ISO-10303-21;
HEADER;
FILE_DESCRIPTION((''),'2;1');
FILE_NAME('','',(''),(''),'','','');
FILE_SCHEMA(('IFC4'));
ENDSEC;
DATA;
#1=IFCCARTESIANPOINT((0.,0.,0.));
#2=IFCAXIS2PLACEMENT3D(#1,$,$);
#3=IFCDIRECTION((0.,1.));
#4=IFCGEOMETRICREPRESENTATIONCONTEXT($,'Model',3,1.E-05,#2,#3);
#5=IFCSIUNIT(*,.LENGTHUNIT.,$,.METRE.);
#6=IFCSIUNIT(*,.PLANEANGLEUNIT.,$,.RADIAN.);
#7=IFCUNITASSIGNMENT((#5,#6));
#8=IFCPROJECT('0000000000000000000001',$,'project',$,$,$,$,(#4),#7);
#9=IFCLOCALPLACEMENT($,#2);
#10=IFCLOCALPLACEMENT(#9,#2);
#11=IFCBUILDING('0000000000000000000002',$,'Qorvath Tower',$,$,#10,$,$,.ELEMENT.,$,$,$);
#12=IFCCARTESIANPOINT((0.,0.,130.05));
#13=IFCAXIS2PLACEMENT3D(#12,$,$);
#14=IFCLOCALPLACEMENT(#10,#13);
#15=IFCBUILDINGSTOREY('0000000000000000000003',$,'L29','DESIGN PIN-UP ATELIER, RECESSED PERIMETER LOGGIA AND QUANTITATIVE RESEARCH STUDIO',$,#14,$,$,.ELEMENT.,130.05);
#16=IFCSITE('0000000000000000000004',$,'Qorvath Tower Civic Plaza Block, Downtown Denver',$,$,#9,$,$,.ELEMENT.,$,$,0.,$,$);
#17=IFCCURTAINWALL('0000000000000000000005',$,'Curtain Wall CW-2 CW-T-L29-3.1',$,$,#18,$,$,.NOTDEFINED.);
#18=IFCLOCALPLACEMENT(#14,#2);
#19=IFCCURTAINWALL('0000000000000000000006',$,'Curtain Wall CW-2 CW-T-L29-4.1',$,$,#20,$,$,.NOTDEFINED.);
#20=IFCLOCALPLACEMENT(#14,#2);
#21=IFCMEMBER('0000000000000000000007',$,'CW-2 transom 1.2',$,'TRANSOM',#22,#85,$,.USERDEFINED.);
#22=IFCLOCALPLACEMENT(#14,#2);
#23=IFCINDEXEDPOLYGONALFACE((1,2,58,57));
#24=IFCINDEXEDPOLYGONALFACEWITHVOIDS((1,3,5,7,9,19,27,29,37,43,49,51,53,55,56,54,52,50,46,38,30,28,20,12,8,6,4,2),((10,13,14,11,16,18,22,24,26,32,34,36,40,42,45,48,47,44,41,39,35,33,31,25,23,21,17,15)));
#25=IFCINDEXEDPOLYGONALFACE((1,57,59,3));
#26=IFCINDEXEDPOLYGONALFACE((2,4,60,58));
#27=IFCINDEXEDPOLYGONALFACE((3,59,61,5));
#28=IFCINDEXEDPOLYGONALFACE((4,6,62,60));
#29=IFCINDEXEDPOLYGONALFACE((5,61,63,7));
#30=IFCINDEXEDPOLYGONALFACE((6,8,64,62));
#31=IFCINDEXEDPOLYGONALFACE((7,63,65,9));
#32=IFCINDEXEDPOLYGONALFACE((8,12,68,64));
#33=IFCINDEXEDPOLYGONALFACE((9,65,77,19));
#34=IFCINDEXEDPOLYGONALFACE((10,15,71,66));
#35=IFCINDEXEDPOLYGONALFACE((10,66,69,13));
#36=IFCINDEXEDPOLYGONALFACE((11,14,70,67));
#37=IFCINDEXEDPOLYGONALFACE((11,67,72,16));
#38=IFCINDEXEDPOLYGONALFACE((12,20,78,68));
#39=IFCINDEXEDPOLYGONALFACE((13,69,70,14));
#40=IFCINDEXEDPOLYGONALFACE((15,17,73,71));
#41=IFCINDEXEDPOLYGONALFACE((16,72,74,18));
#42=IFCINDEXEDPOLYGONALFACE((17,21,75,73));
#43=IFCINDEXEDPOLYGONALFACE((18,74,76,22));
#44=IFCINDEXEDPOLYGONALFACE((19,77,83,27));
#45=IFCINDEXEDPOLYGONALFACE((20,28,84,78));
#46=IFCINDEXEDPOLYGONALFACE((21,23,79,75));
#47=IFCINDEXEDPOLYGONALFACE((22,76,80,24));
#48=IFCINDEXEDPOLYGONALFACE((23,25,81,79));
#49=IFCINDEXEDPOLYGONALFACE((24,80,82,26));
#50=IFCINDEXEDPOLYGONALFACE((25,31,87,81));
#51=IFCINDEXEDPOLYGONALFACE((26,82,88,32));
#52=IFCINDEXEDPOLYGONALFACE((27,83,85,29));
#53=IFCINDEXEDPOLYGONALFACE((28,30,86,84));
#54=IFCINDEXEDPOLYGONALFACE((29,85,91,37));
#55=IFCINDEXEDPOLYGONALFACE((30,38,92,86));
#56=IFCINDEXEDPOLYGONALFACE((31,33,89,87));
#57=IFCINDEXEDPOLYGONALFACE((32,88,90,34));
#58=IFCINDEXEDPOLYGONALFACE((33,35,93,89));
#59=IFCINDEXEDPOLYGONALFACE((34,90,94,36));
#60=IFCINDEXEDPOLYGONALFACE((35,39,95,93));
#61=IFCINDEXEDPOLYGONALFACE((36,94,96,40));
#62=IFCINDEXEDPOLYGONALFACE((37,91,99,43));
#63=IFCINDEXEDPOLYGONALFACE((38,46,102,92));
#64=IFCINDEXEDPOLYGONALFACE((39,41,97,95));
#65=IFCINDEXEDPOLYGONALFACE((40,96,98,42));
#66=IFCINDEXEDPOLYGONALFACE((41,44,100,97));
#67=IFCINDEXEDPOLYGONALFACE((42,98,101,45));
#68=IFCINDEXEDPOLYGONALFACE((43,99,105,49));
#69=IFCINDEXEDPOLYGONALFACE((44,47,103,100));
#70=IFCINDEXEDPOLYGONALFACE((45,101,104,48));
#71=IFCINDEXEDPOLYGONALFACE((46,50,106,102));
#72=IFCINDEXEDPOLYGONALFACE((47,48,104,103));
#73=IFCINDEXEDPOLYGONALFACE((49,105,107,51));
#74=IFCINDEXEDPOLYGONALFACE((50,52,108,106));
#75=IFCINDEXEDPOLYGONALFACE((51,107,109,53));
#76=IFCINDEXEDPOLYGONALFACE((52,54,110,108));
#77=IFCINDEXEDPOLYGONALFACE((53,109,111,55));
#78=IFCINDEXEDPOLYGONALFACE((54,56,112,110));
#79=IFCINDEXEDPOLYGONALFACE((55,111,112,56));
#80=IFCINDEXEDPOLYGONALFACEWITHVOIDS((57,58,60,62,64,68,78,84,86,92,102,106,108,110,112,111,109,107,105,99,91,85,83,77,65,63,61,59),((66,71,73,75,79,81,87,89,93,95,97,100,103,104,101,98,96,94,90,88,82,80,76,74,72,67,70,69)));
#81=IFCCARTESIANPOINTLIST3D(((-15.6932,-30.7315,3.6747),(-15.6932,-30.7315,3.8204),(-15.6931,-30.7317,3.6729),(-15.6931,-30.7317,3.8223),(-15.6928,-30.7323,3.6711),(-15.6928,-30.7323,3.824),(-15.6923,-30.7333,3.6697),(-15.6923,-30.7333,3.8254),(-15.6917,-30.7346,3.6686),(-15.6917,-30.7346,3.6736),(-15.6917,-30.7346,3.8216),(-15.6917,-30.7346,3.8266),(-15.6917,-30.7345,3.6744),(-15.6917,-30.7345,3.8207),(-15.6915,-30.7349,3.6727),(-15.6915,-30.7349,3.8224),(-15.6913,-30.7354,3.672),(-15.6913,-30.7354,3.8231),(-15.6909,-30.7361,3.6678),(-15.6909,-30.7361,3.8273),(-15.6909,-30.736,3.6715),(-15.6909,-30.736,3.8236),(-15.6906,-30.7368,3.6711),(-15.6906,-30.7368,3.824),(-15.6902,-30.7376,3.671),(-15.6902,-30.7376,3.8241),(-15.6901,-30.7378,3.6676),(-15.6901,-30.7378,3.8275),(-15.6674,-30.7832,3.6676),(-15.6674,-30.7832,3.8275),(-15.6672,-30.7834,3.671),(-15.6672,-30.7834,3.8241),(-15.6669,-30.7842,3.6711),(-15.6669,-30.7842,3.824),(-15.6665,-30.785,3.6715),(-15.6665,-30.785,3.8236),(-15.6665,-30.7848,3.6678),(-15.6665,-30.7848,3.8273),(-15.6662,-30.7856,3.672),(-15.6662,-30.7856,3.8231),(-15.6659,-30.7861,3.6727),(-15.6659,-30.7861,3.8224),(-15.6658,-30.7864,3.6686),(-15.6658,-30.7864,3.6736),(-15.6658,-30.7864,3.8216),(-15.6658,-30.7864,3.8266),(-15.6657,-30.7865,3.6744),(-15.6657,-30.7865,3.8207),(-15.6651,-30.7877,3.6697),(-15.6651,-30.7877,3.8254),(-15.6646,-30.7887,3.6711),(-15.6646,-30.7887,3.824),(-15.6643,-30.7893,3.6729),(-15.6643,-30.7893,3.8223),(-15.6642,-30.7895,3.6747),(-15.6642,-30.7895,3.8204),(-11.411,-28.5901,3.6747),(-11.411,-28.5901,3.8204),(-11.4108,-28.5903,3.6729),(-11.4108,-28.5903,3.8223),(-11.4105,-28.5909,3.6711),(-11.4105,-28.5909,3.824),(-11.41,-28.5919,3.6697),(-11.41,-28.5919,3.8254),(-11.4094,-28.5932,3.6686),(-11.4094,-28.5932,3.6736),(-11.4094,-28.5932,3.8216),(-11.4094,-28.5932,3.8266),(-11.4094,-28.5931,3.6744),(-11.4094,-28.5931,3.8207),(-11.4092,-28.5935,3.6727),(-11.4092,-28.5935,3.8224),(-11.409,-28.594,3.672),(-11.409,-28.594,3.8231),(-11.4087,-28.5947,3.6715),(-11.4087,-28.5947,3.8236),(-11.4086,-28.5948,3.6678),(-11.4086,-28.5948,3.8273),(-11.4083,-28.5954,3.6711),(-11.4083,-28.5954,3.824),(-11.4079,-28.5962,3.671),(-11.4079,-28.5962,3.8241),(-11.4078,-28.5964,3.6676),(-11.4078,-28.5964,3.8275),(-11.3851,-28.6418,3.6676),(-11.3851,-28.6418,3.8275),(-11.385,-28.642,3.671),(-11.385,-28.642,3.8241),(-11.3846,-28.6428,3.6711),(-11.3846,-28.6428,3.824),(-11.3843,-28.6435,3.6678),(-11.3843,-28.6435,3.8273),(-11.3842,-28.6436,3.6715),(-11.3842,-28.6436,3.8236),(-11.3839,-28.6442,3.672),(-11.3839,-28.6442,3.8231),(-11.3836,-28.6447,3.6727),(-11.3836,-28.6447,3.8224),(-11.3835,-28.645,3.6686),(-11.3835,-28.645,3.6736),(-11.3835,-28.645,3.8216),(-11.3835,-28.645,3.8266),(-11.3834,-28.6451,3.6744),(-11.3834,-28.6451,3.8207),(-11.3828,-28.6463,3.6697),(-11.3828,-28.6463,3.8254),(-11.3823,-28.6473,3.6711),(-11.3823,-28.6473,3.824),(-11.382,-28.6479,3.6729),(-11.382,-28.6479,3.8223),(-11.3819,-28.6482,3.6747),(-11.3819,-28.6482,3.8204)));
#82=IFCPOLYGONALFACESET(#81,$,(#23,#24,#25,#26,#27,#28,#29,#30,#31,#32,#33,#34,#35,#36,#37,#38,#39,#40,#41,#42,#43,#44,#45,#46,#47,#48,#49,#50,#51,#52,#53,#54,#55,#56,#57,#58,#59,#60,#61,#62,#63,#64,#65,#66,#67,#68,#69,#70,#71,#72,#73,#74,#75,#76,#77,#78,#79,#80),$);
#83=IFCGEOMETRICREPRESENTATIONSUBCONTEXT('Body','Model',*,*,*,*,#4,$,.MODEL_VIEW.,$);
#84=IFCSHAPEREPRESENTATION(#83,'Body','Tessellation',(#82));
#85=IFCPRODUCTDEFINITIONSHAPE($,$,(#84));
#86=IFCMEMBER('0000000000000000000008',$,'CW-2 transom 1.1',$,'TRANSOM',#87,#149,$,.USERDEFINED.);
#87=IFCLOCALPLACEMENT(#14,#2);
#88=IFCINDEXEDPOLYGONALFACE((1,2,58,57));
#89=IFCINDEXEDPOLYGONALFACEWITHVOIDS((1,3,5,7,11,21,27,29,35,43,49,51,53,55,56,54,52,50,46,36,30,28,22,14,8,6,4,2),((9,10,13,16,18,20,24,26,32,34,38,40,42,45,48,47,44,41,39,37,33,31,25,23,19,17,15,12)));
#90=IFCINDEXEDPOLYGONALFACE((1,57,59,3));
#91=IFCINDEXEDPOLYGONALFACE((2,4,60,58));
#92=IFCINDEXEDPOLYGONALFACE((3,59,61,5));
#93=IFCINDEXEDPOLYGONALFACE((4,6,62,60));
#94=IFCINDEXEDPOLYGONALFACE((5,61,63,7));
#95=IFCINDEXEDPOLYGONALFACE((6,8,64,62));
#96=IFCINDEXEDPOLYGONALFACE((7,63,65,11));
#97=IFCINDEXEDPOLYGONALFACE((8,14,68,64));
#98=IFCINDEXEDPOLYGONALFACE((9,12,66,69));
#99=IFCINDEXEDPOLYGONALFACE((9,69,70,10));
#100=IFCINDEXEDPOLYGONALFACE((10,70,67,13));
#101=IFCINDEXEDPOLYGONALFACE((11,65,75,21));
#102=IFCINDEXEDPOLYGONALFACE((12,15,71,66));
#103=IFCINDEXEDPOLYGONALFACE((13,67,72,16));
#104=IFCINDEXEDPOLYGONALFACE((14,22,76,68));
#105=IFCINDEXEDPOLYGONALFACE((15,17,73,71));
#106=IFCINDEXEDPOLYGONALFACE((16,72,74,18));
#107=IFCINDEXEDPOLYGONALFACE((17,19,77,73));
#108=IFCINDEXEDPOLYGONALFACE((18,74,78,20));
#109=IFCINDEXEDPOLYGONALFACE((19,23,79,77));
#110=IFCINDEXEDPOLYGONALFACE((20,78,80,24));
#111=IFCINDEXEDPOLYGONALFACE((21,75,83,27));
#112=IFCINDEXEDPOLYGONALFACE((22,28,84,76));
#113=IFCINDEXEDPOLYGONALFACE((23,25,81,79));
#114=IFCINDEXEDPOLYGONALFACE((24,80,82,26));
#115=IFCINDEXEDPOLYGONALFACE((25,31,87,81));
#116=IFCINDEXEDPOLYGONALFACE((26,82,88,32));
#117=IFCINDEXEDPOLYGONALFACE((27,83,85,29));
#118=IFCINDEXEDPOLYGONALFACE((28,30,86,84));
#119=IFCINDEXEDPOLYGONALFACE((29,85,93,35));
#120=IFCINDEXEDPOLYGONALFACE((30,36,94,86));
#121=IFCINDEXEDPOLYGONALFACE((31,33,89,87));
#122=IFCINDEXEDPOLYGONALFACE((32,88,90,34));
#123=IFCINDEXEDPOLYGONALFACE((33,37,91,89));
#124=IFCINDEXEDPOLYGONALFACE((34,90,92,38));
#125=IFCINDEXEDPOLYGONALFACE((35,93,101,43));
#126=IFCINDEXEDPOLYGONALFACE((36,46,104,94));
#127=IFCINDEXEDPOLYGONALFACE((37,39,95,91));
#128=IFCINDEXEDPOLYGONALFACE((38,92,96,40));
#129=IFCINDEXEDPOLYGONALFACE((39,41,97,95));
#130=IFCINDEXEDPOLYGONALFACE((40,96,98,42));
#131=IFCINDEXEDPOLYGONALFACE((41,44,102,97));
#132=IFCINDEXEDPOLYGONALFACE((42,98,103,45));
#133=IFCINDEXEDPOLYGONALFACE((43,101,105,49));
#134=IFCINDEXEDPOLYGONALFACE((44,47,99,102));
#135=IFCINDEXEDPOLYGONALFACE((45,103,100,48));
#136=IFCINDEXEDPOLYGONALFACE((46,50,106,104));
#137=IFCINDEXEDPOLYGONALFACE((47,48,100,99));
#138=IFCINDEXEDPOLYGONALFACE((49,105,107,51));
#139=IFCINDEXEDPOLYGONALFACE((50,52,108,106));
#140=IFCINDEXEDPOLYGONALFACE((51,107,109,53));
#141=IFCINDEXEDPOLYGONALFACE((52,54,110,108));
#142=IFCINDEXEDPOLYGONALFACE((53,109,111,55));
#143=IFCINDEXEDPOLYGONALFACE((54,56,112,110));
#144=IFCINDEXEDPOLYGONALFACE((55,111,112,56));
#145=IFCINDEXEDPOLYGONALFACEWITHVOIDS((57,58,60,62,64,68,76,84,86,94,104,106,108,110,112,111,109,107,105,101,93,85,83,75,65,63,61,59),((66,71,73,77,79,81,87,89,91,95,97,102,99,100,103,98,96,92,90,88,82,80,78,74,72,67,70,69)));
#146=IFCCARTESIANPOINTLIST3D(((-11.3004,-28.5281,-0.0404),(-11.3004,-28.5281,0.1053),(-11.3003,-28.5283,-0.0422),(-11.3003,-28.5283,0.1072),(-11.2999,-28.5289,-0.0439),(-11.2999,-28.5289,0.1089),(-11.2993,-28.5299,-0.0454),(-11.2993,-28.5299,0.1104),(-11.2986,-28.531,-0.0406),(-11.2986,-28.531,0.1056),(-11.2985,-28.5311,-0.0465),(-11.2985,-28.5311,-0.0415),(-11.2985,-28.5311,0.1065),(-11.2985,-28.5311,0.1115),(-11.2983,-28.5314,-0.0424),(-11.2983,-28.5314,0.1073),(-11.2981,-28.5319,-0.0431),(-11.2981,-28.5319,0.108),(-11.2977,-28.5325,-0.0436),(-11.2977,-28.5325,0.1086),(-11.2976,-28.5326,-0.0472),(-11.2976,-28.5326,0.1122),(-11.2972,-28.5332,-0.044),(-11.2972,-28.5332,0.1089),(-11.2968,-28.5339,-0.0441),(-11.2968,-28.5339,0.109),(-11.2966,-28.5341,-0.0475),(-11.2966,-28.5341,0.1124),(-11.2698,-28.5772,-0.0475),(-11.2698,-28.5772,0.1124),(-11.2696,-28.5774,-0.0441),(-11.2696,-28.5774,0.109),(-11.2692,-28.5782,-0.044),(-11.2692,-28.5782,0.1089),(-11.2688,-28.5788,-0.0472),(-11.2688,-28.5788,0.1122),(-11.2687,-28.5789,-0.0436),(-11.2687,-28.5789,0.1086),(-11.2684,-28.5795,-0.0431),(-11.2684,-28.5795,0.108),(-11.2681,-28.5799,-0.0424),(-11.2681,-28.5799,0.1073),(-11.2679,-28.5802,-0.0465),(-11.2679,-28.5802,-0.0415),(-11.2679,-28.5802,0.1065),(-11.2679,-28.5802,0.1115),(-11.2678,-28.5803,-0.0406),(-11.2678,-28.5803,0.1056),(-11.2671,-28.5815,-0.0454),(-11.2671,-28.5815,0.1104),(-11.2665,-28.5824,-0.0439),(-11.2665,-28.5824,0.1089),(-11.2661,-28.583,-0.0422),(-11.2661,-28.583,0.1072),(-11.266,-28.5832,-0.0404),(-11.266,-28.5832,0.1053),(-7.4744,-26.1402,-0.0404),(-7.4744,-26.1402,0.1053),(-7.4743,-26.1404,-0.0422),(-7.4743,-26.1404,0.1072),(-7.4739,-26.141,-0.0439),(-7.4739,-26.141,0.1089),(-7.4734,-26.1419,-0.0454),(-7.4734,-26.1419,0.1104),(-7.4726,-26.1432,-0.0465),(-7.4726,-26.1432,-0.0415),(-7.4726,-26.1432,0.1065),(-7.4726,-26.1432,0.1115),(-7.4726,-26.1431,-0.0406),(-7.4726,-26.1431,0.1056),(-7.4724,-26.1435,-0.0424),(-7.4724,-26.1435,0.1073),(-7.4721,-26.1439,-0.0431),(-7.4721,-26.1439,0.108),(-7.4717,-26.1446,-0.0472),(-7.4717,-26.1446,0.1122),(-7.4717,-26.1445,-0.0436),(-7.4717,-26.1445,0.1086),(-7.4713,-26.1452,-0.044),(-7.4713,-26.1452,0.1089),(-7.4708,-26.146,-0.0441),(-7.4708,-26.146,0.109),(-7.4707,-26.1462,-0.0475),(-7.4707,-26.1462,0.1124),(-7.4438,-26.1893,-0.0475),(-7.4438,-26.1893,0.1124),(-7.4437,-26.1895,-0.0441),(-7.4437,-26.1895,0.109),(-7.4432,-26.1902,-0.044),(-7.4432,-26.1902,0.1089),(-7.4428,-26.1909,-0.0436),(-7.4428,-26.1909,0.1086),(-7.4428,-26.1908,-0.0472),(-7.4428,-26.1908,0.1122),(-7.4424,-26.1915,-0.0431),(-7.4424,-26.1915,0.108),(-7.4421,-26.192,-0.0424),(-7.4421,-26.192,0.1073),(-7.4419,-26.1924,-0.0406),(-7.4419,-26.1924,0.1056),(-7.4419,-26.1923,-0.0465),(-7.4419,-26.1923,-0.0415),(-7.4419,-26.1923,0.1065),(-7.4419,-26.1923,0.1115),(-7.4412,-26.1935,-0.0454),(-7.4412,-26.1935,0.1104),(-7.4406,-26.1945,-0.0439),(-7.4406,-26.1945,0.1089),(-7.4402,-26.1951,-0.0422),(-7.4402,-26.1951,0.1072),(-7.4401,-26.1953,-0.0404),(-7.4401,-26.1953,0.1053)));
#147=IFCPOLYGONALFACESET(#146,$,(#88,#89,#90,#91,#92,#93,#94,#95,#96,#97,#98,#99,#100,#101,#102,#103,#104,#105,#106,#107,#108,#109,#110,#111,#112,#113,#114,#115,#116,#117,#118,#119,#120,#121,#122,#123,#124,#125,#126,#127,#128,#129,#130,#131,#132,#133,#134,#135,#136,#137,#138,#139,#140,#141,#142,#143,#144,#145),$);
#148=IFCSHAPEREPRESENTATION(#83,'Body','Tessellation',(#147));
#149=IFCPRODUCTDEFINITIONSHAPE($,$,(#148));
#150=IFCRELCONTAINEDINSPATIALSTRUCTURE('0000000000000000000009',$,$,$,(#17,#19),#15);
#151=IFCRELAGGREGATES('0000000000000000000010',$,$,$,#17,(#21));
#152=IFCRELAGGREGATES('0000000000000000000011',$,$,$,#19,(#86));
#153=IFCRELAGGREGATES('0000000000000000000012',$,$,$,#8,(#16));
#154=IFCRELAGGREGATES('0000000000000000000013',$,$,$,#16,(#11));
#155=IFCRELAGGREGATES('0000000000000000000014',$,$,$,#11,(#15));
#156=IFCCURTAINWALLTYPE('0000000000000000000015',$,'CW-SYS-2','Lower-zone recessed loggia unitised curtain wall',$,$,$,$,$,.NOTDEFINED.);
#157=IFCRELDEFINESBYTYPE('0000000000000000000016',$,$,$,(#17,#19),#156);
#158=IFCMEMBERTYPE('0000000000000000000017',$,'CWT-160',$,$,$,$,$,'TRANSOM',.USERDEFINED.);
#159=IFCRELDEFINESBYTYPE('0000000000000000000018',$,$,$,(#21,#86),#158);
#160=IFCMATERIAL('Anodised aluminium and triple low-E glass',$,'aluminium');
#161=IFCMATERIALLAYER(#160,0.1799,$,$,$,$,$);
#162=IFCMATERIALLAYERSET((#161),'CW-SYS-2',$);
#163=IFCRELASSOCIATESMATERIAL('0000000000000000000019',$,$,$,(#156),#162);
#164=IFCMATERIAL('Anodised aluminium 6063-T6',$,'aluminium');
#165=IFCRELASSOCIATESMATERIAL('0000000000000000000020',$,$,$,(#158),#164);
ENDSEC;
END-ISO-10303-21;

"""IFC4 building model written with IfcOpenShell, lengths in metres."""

from ifc_helpers import new_model, si_unit, direction, frame, origin, origin_2d, place, context, subcontext, project, spatial, hollow_rectangle, extrude, material, layer, layer_set, material_profile, profile_set, type_object, element, aggregate, save


model = new_model("IFC4")

# Units and contexts
model_context = context("Model", 3, precision=1e-05, world=origin(), true_north=direction((0.0, 1.0)))
body_context = subcontext(model_context, "Body", "Model", "MODEL_VIEW")
ifc_project = project(units=[si_unit("LENGTHUNIT", "METRE"), si_unit("PLANEANGLEUNIT", "RADIAN")], contexts=[model_context])

# Site, building, storey
site_placement = place(None, origin())
site = spatial("IfcSite", under=ifc_project, at=site_placement, Name="Qorvath Tower Civic Plaza Block, Downtown Denver", CompositionType="ELEMENT", RefElevation=0.0)
building_placement = place(site_placement, origin())
building = spatial("IfcBuilding", under=site, at=building_placement, Name="Qorvath Tower", CompositionType="ELEMENT")
storey_placement = place(building_placement, frame((0.0, 0.0, 130.05)))
storey = spatial("IfcBuildingStorey", under=building, at=storey_placement, Name="L29", Description="DESIGN PIN-UP ATELIER, RECESSED PERIMETER LOGGIA AND QUANTITATIVE RESEARCH STUDIO", CompositionType="ELEMENT", Elevation=130.05)

# Shared definitions
ifc_material_1 = material(Name="Anodised aluminium and triple low-E glass", Category="aluminium")
ifc_layer_1 = layer(ifc_material_1, 0.1799)
ifc_layer_set_1 = layer_set([ifc_layer_1], Name="CW-SYS-2")
curtain_wall_type = type_object("IfcCurtainWallType", Name="CW-SYS-2", Description="Lower-zone recessed loggia unitised curtain wall", PredefinedType="NOTDEFINED", material=ifc_layer_set_1)

# Curtain wall
curtain_wall_1_placement = place(storey_placement, origin())
curtain_wall_1 = element("IfcCurtainWall", 1, at=curtain_wall_1_placement, inside=storey, type_object=curtain_wall_type, Name="Curtain Wall CW-2 CW-T-L29-3.1", PredefinedType="NOTDEFINED")

# Curtain wall
curtain_wall_2_placement = place(storey_placement, origin())
curtain_wall_2 = element("IfcCurtainWall", 2, at=curtain_wall_2_placement, inside=storey, type_object=curtain_wall_type, Name="Curtain Wall CW-2 CW-T-L29-4.1", PredefinedType="NOTDEFINED")

# Members
ifc_material_2 = material(Name="Anodised aluminium 6063-T6", Category="aluminium")
ifc_material_profile_1 = material_profile(ifc_material_2, hollow_rectangle(XDim=0.0649, YDim=0.1599, WallThickness=0.0034, InnerFilletRadius=0.0034, OuterFilletRadius=0.0071, at=origin_2d()), Name="CWT 160x65")
ifc_profile_set_1 = profile_set([ifc_material_profile_1], Name="Anodised aluminium 6063-T6")
member_type_1 = type_object("IfcMemberType", Name="CWT-160", ElementType="TRANSOM", PredefinedType="USERDEFINED", material=ifc_profile_set_1)
member_1_placement = place(storey_placement, frame((-15.6787, -30.7605, 3.7476), z_axis=(0.894407, 0.447254, 0.0), x_axis=(-0.447254, 0.894407, 0.0)))
member_1 = element("IfcMember", 3, at=member_1_placement, type_object=member_type_1, Name="CW-2 transom 1.2", ObjectType="TRANSOM", PredefinedType="USERDEFINED", context=body_context, shape_type="SweptSolid", body=[
    extrude(hollow_rectangle(XDim=0.0649, YDim=0.1599, WallThickness=0.0034, InnerFilletRadius=0.0034, OuterFilletRadius=0.0071, at=origin_2d()), origin(), (0.0, 0.0, 1.0), 4.7878),
])
member_2_placement = place(storey_placement, frame((-11.2832, -28.5557, 0.0325), z_axis=(0.848324, 0.529478, 0.0), x_axis=(-0.529478, 0.848324, 0.0)))
member_2 = element("IfcMember", 4, at=member_2_placement, type_object=member_type_1, Name="CW-2 transom 1.1", ObjectType="TRANSOM", PredefinedType="USERDEFINED", context=body_context, shape_type="SweptSolid", body=[
    extrude(hollow_rectangle(XDim=0.0649, YDim=0.1599, WallThickness=0.0034, InnerFilletRadius=0.0034, OuterFilletRadius=0.0071, at=origin_2d()), origin(), (0.0, 0.0, 1.0), 4.51),
])

aggregate(curtain_wall_1, [member_1])
aggregate(curtain_wall_2, [member_2])

save(model, "model.ifc")
